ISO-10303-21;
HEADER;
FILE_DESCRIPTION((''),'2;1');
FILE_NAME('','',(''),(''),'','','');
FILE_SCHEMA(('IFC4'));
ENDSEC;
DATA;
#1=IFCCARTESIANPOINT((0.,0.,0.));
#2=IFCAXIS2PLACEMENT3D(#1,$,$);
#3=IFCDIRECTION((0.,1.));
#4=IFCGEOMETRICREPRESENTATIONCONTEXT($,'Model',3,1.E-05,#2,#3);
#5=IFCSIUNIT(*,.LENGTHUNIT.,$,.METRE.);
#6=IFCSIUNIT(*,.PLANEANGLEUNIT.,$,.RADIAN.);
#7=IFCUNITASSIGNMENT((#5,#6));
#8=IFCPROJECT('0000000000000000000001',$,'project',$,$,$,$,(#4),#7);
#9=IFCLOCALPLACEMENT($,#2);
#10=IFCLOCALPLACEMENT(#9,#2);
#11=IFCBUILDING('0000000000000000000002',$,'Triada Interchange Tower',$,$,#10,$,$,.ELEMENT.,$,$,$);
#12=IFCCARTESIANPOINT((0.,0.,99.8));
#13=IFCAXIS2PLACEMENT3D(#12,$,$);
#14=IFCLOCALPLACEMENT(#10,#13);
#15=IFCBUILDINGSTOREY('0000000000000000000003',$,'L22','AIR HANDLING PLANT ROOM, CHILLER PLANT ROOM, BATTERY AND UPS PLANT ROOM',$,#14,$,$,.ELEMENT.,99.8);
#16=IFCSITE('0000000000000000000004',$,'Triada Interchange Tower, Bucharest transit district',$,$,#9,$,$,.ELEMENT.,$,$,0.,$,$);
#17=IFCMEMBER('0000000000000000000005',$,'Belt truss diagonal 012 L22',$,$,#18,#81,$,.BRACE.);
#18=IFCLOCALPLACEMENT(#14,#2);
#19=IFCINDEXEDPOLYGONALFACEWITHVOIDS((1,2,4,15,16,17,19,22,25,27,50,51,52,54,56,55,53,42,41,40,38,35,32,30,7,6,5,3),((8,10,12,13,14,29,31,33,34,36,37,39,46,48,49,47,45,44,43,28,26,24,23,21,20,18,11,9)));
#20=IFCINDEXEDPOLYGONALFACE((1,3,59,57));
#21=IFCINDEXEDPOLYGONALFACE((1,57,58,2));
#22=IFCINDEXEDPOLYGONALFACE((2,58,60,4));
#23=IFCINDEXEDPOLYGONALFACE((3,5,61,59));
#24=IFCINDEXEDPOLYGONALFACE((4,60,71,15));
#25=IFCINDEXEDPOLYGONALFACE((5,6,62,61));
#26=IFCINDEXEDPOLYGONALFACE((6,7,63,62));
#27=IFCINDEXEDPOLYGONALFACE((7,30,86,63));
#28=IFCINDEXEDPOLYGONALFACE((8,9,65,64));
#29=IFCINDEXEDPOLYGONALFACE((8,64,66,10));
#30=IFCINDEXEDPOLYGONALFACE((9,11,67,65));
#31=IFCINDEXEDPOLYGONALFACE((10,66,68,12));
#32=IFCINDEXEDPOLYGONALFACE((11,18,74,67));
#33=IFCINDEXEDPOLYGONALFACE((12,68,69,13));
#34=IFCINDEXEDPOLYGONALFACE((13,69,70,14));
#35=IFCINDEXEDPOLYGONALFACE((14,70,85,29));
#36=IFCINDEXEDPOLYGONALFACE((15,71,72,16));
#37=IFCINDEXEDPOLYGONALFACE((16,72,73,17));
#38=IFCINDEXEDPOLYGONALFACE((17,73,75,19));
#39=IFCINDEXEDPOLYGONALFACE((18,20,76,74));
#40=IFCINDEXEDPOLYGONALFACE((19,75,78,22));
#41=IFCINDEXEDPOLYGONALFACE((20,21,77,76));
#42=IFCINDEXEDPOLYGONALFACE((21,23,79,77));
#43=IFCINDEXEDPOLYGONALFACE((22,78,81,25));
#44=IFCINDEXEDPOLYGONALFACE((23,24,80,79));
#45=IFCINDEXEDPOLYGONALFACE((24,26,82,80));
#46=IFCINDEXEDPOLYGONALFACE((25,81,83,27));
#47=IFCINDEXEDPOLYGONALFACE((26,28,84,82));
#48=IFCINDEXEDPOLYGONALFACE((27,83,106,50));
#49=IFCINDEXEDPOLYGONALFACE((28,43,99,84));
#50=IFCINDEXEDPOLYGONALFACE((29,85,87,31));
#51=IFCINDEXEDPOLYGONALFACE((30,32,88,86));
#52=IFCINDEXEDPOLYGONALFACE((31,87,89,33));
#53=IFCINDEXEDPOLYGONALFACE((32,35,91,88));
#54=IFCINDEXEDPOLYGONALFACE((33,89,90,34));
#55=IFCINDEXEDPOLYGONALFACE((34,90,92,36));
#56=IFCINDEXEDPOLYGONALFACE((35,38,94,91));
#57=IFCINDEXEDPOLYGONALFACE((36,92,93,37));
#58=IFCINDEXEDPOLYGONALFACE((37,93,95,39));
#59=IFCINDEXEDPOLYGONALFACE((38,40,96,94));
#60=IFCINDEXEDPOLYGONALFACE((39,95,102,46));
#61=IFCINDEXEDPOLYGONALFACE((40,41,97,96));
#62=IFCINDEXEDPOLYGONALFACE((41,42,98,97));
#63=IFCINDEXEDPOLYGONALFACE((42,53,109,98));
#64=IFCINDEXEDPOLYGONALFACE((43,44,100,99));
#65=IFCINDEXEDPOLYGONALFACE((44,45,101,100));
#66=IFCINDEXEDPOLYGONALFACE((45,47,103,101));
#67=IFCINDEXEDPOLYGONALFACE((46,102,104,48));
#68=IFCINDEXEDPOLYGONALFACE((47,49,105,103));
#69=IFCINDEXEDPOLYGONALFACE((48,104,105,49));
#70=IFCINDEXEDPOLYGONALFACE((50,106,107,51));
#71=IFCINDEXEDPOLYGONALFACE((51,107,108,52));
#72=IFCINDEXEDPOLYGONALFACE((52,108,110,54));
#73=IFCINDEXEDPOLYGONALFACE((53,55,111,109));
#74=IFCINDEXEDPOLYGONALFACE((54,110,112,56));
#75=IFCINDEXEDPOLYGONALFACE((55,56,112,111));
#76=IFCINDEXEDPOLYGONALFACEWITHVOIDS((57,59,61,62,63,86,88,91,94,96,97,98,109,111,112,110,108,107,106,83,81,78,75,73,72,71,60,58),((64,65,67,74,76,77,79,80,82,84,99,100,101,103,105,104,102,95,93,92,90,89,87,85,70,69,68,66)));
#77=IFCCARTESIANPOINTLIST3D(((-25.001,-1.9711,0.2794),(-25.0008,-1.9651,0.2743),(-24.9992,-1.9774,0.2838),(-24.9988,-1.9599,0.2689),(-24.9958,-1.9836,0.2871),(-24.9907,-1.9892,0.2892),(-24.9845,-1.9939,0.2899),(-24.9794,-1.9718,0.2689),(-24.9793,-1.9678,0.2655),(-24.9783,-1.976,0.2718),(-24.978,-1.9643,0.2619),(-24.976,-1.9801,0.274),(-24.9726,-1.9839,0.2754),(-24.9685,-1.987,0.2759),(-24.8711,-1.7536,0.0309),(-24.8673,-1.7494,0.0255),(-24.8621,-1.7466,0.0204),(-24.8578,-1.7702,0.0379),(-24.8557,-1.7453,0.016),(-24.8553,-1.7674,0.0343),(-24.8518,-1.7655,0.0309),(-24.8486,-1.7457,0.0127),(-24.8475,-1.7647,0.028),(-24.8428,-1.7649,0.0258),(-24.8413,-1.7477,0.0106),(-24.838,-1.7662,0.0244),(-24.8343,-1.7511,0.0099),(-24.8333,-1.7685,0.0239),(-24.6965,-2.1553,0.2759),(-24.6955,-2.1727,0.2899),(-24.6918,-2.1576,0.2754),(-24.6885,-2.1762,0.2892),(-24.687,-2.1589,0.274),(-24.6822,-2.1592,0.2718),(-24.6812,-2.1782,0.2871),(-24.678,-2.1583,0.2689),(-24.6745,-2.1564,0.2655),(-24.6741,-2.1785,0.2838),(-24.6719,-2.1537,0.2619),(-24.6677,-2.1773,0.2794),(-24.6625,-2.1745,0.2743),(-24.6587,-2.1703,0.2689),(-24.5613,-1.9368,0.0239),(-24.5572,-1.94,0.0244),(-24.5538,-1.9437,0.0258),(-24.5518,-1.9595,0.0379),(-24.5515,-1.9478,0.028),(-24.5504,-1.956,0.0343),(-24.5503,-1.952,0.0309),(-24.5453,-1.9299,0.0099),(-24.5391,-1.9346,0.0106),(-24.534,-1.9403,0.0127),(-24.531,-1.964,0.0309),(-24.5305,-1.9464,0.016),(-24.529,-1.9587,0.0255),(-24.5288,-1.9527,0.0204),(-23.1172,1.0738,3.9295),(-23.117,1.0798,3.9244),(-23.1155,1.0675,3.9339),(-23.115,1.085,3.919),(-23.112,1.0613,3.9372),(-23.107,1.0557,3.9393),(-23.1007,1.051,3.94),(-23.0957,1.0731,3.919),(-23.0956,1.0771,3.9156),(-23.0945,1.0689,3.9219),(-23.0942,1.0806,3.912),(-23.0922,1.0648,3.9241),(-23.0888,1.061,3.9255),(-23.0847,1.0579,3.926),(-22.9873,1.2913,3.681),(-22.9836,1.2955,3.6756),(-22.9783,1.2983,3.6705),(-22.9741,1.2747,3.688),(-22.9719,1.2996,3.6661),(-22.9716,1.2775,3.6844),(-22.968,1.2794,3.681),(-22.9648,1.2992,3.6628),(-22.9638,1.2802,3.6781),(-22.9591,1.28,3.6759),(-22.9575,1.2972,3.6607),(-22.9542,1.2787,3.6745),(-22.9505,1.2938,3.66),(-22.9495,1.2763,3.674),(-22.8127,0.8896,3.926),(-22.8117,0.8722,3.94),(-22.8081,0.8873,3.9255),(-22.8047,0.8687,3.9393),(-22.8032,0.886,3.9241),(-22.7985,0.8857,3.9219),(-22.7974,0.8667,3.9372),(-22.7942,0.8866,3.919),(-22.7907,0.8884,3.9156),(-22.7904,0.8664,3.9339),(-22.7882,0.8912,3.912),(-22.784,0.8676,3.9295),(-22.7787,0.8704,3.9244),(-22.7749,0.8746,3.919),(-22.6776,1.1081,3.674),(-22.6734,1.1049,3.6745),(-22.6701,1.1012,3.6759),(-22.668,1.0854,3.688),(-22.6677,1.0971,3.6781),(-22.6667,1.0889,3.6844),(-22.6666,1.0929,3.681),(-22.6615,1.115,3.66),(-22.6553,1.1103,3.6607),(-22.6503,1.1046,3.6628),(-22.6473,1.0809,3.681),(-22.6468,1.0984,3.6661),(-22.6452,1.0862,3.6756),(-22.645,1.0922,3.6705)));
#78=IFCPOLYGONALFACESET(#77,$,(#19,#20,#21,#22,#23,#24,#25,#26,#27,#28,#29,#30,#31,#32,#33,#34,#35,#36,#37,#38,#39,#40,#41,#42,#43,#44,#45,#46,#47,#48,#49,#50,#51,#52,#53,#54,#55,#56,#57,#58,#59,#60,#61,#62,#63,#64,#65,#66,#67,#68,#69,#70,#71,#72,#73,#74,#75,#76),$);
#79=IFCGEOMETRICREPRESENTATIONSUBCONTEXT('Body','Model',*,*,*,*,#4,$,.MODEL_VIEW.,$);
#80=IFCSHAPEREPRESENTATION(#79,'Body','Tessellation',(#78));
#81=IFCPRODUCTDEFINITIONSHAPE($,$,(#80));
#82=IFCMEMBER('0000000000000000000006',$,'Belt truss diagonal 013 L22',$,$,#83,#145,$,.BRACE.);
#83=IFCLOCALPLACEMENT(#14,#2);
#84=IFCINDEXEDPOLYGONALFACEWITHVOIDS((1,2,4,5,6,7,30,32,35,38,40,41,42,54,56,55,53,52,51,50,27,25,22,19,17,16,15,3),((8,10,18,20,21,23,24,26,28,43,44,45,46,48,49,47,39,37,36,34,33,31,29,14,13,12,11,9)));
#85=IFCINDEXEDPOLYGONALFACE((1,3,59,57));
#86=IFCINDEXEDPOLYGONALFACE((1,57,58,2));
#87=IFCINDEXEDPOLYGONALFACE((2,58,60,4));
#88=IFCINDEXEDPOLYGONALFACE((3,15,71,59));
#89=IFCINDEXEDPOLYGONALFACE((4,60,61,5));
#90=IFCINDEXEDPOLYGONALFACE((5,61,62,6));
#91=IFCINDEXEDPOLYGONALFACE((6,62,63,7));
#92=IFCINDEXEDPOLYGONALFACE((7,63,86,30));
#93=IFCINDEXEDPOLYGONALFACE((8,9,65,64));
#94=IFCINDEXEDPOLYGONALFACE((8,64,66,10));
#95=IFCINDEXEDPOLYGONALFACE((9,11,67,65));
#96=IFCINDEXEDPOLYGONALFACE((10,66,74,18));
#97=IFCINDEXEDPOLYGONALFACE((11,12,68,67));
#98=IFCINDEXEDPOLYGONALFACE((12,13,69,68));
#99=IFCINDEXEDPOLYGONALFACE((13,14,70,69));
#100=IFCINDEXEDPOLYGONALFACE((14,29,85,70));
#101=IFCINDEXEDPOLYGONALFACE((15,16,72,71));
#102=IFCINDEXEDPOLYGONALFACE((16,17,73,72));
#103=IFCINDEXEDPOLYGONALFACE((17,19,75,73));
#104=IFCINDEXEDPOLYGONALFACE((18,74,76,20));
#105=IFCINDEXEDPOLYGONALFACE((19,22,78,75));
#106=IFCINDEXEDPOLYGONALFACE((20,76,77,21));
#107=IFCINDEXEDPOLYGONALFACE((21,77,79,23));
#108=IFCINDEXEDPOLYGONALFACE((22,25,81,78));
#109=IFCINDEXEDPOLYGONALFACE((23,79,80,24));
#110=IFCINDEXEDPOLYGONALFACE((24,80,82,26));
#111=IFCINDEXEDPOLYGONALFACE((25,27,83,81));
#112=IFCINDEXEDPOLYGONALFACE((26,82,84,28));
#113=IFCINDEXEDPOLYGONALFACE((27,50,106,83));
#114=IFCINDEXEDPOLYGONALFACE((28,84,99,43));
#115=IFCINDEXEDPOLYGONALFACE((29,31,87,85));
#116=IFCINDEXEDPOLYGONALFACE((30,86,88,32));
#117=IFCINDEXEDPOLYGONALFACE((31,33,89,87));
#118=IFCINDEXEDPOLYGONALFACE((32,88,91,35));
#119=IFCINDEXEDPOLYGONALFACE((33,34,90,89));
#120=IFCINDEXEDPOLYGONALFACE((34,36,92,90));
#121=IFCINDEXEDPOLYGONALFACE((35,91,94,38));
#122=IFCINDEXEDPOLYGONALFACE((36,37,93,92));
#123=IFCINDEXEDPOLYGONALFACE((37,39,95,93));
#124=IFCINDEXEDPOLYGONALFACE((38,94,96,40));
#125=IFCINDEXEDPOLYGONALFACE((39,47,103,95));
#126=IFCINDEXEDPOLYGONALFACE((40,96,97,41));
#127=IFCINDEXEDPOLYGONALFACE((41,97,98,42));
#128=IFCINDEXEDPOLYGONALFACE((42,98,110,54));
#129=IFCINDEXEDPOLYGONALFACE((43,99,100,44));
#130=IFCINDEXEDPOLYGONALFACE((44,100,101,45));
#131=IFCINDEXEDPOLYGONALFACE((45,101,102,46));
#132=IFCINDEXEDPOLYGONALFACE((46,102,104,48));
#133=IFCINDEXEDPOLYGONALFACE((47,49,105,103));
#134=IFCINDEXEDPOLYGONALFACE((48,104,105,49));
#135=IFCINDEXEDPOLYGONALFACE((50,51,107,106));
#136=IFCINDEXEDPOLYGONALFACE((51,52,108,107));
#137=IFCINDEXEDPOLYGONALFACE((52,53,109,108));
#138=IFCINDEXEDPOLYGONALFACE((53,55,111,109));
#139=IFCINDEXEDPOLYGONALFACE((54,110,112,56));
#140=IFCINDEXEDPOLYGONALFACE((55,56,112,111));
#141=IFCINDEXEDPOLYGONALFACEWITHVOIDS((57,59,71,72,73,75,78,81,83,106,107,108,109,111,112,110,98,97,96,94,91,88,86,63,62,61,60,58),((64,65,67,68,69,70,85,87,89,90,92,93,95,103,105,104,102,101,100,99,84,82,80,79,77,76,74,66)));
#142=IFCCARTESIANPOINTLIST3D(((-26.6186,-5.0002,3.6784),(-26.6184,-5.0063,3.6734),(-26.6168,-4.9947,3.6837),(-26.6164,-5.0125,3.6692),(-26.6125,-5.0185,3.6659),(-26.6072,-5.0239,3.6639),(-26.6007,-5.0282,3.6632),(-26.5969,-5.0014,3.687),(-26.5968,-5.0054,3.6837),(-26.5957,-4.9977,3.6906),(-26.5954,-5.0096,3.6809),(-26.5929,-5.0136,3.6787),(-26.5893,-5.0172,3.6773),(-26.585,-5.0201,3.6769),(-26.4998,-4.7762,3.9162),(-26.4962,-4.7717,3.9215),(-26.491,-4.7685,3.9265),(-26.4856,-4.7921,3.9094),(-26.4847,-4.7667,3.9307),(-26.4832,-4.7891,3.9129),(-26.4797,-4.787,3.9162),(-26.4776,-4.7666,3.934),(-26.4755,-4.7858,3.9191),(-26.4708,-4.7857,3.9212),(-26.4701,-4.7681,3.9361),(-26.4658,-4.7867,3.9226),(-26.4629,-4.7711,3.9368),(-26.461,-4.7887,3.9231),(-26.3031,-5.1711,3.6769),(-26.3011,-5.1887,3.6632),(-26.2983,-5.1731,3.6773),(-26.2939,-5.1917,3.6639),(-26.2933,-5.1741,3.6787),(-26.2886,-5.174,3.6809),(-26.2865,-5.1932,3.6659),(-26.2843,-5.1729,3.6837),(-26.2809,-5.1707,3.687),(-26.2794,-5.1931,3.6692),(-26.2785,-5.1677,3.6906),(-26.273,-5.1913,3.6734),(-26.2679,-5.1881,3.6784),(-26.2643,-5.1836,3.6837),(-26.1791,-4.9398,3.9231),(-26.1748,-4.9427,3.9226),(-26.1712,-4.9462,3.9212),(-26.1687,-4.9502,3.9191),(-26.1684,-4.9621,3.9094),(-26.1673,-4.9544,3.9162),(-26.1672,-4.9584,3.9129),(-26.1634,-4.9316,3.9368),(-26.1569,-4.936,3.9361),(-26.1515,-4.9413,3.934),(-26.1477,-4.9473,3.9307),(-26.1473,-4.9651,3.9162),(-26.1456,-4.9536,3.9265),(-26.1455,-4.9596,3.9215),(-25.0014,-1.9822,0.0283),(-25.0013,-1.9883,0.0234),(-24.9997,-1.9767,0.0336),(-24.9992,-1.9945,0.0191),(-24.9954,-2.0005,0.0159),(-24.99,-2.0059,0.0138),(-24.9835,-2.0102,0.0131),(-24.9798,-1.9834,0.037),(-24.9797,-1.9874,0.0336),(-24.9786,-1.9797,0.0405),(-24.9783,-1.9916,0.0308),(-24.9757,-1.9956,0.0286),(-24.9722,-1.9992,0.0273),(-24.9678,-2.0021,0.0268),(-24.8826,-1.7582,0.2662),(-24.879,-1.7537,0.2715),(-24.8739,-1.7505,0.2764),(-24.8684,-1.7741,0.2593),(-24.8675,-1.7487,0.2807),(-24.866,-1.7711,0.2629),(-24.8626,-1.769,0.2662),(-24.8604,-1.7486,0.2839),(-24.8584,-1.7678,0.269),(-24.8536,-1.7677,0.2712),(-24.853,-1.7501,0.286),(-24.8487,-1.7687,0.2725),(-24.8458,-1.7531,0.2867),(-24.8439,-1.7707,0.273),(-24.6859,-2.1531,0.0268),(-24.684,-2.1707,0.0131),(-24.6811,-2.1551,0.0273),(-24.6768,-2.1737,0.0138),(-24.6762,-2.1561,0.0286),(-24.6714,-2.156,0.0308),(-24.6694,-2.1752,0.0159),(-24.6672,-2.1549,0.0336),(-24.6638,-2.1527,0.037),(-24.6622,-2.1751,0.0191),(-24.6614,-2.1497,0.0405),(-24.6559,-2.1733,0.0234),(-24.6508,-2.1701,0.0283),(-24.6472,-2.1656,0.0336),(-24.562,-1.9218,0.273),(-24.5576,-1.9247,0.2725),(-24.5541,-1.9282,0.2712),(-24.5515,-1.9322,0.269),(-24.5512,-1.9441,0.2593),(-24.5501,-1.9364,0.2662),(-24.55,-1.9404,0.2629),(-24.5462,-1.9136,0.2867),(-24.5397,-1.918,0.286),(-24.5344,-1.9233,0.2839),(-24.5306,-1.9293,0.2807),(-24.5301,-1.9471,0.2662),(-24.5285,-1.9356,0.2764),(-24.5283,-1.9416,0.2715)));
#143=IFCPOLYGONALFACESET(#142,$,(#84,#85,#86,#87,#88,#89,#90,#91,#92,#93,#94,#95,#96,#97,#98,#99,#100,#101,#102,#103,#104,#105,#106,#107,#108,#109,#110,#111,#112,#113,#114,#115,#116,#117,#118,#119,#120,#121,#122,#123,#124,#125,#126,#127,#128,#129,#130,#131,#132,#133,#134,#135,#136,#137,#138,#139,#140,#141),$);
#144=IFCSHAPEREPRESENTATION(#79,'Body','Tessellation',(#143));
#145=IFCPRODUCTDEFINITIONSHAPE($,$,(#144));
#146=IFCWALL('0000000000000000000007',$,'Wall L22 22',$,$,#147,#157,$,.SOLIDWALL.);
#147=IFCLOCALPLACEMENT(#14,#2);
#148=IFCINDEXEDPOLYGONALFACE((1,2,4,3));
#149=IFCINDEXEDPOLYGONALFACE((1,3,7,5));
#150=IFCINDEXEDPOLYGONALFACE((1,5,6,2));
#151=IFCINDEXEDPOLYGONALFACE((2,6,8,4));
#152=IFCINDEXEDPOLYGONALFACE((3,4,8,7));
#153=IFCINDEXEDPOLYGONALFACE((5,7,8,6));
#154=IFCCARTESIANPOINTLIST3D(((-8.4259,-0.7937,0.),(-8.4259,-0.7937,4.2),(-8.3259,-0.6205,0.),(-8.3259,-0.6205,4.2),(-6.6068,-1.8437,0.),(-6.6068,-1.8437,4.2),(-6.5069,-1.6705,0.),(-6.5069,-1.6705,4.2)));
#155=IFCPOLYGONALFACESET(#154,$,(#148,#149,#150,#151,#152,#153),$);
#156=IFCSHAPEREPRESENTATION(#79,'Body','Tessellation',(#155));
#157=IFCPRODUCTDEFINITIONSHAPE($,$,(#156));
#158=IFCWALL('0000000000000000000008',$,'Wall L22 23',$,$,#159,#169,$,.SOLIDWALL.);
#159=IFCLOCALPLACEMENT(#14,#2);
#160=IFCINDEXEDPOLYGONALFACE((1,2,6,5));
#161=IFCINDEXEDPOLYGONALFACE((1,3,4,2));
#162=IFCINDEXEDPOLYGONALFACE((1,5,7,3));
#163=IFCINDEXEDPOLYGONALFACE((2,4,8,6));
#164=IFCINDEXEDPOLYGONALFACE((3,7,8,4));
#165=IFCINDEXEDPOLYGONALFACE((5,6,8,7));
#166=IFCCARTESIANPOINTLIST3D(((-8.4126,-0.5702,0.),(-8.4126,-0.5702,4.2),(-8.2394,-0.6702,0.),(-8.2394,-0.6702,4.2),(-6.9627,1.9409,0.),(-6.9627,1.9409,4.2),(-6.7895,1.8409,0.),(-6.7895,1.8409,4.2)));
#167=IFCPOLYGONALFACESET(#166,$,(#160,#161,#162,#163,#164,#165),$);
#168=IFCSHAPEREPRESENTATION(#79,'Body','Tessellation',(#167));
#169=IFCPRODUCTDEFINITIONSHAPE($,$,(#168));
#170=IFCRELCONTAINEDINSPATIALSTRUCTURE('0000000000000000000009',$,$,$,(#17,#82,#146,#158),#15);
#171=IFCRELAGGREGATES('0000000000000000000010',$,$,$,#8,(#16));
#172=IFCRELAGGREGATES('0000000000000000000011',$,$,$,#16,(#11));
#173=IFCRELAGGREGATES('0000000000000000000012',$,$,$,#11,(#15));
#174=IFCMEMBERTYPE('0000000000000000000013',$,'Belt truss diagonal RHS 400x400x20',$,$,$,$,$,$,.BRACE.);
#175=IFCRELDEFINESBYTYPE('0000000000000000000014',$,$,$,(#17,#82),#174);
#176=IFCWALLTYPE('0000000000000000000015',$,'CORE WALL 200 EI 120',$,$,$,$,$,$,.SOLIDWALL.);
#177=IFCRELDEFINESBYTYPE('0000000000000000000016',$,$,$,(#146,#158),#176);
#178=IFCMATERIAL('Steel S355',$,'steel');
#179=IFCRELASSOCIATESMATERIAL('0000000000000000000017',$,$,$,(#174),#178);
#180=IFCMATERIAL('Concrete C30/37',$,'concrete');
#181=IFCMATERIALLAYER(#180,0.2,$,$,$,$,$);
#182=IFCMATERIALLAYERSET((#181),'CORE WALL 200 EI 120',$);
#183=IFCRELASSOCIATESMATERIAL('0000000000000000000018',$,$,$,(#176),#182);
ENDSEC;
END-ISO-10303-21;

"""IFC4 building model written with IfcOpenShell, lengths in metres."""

from ifc_helpers import new_model, si_unit, direction, frame, frame_2d, origin, origin_2d, place, context, subcontext, project, spatial, rectangle, hollow_rectangle, extrude, material, layer, layer_set, material_profile, profile_set, type_object, element, save


model = new_model("IFC4")

# Units and contexts
model_context = context("Model", 3, precision=1e-05, world=origin(), true_north=direction((0.0, 1.0)))
body_context = subcontext(model_context, "Body", "Model", "MODEL_VIEW")
ifc_project = project(units=[si_unit("LENGTHUNIT", "METRE"), si_unit("PLANEANGLEUNIT", "RADIAN")], contexts=[model_context])

# Site, building, storey
site_placement = place(None, origin())
site = spatial("IfcSite", under=ifc_project, at=site_placement, Name="Triada Interchange Tower, Bucharest transit district", CompositionType="ELEMENT", RefElevation=0.0)
building_placement = place(site_placement, origin())
building = spatial("IfcBuilding", under=site, at=building_placement, Name="Triada Interchange Tower", CompositionType="ELEMENT")
storey_placement = place(building_placement, frame((0.0, 0.0, 99.8)))
storey = spatial("IfcBuildingStorey", under=building, at=storey_placement, Name="L22", Description="AIR HANDLING PLANT ROOM, CHILLER PLANT ROOM, BATTERY AND UPS PLANT ROOM", CompositionType="ELEMENT", Elevation=99.8)

# Members
ifc_material_1 = material(Name="Steel S355", Category="steel")
ifc_material_profile_1 = material_profile(ifc_material_1, hollow_rectangle(XDim=0.3999, YDim=0.3999, WallThickness=0.02, InnerFilletRadius=0.02, OuterFilletRadius=0.03, at=origin_2d()), Name="RHS 400x400x20")
ifc_profile_set_1 = profile_set([ifc_material_profile_1], Name="Steel S355")
member_type = type_object("IfcMemberType", Name="Belt truss diagonal RHS 400x400x20", PredefinedType="BRACE", material=ifc_profile_set_1)
member_1_placement = place(storey_placement, frame((-24.7649, -1.9619, 0.1499), z_axis=(0.368424, 0.595514, 0.713881), x_axis=(-0.85041, 0.52612, 0.0)))
element("IfcMember", 1, at=member_1_placement, inside=storey, type_object=member_type, Name="Belt truss diagonal 012 L22", PredefinedType="BRACE", context=body_context, shape_type="SweptSolid", body=[
    extrude(hollow_rectangle(XDim=0.3999, YDim=0.3999, WallThickness=0.02, InnerFilletRadius=0.02, OuterFilletRadius=0.03, at=origin_2d()), origin(), (0.0, 0.0, 1.0), 5.113),
])
member_2_placement = place(storey_placement, frame((-24.7649, -1.9619, 0.1499), z_axis=(-0.32313, -0.60304, 0.729335), x_axis=(0.881435, -0.472305, 0.0)))
element("IfcMember", 2, at=member_2_placement, inside=storey, type_object=member_type, Name="Belt truss diagonal 013 L22", PredefinedType="BRACE", context=body_context, shape_type="SweptSolid", body=[
    extrude(hollow_rectangle(XDim=0.3999, YDim=0.3999, WallThickness=0.02, InnerFilletRadius=0.02, OuterFilletRadius=0.03, at=origin_2d()), origin(), (0.0, 0.0, 1.0), 5.0046),
])

# Walls
ifc_material_2 = material(Name="Concrete C30/37", Category="concrete")
ifc_layer_1 = layer(ifc_material_2, 0.2)
ifc_layer_set_1 = layer_set([ifc_layer_1], Name="CORE WALL 200 EI 120")
wall_type_1 = type_object("IfcWallType", Name="CORE WALL 200 EI 120", PredefinedType="SOLIDWALL", material=ifc_layer_set_1)
wall_1_placement = place(storey_placement, frame((-8.376, -0.707, 0.0), z_axis=(0.0, 0.0, 1.0), x_axis=(0.866068, -0.499927, 0.0)))
element("IfcWall", 3, at=wall_1_placement, inside=storey, type_object=wall_type_1, Name="Wall L22 22", PredefinedType="SOLIDWALL", context=body_context, shape_type="SweptSolid", body=[
    extrude(rectangle(XDim=2.1003, YDim=0.2, at=frame_2d((1.0503, 0.0))), origin(), (0.0, 0.0, 1.0), 4.2),
])
wall_2_placement = place(storey_placement, frame((-8.3259, -0.6201, 0.0), z_axis=(0.0, 0.0, 1.0), x_axis=(0.500024, 0.866012, 0.0)))
element("IfcWall", 4, at=wall_2_placement, inside=storey, type_object=wall_type_1, Name="Wall L22 23", PredefinedType="SOLIDWALL", context=body_context, shape_type="SweptSolid", body=[
    extrude(rectangle(XDim=2.8997, YDim=0.2, at=frame_2d((1.4497, 0.0))), origin(), (0.0, 0.0, 1.0), 4.2),
])

save(model, "model.ifc")
